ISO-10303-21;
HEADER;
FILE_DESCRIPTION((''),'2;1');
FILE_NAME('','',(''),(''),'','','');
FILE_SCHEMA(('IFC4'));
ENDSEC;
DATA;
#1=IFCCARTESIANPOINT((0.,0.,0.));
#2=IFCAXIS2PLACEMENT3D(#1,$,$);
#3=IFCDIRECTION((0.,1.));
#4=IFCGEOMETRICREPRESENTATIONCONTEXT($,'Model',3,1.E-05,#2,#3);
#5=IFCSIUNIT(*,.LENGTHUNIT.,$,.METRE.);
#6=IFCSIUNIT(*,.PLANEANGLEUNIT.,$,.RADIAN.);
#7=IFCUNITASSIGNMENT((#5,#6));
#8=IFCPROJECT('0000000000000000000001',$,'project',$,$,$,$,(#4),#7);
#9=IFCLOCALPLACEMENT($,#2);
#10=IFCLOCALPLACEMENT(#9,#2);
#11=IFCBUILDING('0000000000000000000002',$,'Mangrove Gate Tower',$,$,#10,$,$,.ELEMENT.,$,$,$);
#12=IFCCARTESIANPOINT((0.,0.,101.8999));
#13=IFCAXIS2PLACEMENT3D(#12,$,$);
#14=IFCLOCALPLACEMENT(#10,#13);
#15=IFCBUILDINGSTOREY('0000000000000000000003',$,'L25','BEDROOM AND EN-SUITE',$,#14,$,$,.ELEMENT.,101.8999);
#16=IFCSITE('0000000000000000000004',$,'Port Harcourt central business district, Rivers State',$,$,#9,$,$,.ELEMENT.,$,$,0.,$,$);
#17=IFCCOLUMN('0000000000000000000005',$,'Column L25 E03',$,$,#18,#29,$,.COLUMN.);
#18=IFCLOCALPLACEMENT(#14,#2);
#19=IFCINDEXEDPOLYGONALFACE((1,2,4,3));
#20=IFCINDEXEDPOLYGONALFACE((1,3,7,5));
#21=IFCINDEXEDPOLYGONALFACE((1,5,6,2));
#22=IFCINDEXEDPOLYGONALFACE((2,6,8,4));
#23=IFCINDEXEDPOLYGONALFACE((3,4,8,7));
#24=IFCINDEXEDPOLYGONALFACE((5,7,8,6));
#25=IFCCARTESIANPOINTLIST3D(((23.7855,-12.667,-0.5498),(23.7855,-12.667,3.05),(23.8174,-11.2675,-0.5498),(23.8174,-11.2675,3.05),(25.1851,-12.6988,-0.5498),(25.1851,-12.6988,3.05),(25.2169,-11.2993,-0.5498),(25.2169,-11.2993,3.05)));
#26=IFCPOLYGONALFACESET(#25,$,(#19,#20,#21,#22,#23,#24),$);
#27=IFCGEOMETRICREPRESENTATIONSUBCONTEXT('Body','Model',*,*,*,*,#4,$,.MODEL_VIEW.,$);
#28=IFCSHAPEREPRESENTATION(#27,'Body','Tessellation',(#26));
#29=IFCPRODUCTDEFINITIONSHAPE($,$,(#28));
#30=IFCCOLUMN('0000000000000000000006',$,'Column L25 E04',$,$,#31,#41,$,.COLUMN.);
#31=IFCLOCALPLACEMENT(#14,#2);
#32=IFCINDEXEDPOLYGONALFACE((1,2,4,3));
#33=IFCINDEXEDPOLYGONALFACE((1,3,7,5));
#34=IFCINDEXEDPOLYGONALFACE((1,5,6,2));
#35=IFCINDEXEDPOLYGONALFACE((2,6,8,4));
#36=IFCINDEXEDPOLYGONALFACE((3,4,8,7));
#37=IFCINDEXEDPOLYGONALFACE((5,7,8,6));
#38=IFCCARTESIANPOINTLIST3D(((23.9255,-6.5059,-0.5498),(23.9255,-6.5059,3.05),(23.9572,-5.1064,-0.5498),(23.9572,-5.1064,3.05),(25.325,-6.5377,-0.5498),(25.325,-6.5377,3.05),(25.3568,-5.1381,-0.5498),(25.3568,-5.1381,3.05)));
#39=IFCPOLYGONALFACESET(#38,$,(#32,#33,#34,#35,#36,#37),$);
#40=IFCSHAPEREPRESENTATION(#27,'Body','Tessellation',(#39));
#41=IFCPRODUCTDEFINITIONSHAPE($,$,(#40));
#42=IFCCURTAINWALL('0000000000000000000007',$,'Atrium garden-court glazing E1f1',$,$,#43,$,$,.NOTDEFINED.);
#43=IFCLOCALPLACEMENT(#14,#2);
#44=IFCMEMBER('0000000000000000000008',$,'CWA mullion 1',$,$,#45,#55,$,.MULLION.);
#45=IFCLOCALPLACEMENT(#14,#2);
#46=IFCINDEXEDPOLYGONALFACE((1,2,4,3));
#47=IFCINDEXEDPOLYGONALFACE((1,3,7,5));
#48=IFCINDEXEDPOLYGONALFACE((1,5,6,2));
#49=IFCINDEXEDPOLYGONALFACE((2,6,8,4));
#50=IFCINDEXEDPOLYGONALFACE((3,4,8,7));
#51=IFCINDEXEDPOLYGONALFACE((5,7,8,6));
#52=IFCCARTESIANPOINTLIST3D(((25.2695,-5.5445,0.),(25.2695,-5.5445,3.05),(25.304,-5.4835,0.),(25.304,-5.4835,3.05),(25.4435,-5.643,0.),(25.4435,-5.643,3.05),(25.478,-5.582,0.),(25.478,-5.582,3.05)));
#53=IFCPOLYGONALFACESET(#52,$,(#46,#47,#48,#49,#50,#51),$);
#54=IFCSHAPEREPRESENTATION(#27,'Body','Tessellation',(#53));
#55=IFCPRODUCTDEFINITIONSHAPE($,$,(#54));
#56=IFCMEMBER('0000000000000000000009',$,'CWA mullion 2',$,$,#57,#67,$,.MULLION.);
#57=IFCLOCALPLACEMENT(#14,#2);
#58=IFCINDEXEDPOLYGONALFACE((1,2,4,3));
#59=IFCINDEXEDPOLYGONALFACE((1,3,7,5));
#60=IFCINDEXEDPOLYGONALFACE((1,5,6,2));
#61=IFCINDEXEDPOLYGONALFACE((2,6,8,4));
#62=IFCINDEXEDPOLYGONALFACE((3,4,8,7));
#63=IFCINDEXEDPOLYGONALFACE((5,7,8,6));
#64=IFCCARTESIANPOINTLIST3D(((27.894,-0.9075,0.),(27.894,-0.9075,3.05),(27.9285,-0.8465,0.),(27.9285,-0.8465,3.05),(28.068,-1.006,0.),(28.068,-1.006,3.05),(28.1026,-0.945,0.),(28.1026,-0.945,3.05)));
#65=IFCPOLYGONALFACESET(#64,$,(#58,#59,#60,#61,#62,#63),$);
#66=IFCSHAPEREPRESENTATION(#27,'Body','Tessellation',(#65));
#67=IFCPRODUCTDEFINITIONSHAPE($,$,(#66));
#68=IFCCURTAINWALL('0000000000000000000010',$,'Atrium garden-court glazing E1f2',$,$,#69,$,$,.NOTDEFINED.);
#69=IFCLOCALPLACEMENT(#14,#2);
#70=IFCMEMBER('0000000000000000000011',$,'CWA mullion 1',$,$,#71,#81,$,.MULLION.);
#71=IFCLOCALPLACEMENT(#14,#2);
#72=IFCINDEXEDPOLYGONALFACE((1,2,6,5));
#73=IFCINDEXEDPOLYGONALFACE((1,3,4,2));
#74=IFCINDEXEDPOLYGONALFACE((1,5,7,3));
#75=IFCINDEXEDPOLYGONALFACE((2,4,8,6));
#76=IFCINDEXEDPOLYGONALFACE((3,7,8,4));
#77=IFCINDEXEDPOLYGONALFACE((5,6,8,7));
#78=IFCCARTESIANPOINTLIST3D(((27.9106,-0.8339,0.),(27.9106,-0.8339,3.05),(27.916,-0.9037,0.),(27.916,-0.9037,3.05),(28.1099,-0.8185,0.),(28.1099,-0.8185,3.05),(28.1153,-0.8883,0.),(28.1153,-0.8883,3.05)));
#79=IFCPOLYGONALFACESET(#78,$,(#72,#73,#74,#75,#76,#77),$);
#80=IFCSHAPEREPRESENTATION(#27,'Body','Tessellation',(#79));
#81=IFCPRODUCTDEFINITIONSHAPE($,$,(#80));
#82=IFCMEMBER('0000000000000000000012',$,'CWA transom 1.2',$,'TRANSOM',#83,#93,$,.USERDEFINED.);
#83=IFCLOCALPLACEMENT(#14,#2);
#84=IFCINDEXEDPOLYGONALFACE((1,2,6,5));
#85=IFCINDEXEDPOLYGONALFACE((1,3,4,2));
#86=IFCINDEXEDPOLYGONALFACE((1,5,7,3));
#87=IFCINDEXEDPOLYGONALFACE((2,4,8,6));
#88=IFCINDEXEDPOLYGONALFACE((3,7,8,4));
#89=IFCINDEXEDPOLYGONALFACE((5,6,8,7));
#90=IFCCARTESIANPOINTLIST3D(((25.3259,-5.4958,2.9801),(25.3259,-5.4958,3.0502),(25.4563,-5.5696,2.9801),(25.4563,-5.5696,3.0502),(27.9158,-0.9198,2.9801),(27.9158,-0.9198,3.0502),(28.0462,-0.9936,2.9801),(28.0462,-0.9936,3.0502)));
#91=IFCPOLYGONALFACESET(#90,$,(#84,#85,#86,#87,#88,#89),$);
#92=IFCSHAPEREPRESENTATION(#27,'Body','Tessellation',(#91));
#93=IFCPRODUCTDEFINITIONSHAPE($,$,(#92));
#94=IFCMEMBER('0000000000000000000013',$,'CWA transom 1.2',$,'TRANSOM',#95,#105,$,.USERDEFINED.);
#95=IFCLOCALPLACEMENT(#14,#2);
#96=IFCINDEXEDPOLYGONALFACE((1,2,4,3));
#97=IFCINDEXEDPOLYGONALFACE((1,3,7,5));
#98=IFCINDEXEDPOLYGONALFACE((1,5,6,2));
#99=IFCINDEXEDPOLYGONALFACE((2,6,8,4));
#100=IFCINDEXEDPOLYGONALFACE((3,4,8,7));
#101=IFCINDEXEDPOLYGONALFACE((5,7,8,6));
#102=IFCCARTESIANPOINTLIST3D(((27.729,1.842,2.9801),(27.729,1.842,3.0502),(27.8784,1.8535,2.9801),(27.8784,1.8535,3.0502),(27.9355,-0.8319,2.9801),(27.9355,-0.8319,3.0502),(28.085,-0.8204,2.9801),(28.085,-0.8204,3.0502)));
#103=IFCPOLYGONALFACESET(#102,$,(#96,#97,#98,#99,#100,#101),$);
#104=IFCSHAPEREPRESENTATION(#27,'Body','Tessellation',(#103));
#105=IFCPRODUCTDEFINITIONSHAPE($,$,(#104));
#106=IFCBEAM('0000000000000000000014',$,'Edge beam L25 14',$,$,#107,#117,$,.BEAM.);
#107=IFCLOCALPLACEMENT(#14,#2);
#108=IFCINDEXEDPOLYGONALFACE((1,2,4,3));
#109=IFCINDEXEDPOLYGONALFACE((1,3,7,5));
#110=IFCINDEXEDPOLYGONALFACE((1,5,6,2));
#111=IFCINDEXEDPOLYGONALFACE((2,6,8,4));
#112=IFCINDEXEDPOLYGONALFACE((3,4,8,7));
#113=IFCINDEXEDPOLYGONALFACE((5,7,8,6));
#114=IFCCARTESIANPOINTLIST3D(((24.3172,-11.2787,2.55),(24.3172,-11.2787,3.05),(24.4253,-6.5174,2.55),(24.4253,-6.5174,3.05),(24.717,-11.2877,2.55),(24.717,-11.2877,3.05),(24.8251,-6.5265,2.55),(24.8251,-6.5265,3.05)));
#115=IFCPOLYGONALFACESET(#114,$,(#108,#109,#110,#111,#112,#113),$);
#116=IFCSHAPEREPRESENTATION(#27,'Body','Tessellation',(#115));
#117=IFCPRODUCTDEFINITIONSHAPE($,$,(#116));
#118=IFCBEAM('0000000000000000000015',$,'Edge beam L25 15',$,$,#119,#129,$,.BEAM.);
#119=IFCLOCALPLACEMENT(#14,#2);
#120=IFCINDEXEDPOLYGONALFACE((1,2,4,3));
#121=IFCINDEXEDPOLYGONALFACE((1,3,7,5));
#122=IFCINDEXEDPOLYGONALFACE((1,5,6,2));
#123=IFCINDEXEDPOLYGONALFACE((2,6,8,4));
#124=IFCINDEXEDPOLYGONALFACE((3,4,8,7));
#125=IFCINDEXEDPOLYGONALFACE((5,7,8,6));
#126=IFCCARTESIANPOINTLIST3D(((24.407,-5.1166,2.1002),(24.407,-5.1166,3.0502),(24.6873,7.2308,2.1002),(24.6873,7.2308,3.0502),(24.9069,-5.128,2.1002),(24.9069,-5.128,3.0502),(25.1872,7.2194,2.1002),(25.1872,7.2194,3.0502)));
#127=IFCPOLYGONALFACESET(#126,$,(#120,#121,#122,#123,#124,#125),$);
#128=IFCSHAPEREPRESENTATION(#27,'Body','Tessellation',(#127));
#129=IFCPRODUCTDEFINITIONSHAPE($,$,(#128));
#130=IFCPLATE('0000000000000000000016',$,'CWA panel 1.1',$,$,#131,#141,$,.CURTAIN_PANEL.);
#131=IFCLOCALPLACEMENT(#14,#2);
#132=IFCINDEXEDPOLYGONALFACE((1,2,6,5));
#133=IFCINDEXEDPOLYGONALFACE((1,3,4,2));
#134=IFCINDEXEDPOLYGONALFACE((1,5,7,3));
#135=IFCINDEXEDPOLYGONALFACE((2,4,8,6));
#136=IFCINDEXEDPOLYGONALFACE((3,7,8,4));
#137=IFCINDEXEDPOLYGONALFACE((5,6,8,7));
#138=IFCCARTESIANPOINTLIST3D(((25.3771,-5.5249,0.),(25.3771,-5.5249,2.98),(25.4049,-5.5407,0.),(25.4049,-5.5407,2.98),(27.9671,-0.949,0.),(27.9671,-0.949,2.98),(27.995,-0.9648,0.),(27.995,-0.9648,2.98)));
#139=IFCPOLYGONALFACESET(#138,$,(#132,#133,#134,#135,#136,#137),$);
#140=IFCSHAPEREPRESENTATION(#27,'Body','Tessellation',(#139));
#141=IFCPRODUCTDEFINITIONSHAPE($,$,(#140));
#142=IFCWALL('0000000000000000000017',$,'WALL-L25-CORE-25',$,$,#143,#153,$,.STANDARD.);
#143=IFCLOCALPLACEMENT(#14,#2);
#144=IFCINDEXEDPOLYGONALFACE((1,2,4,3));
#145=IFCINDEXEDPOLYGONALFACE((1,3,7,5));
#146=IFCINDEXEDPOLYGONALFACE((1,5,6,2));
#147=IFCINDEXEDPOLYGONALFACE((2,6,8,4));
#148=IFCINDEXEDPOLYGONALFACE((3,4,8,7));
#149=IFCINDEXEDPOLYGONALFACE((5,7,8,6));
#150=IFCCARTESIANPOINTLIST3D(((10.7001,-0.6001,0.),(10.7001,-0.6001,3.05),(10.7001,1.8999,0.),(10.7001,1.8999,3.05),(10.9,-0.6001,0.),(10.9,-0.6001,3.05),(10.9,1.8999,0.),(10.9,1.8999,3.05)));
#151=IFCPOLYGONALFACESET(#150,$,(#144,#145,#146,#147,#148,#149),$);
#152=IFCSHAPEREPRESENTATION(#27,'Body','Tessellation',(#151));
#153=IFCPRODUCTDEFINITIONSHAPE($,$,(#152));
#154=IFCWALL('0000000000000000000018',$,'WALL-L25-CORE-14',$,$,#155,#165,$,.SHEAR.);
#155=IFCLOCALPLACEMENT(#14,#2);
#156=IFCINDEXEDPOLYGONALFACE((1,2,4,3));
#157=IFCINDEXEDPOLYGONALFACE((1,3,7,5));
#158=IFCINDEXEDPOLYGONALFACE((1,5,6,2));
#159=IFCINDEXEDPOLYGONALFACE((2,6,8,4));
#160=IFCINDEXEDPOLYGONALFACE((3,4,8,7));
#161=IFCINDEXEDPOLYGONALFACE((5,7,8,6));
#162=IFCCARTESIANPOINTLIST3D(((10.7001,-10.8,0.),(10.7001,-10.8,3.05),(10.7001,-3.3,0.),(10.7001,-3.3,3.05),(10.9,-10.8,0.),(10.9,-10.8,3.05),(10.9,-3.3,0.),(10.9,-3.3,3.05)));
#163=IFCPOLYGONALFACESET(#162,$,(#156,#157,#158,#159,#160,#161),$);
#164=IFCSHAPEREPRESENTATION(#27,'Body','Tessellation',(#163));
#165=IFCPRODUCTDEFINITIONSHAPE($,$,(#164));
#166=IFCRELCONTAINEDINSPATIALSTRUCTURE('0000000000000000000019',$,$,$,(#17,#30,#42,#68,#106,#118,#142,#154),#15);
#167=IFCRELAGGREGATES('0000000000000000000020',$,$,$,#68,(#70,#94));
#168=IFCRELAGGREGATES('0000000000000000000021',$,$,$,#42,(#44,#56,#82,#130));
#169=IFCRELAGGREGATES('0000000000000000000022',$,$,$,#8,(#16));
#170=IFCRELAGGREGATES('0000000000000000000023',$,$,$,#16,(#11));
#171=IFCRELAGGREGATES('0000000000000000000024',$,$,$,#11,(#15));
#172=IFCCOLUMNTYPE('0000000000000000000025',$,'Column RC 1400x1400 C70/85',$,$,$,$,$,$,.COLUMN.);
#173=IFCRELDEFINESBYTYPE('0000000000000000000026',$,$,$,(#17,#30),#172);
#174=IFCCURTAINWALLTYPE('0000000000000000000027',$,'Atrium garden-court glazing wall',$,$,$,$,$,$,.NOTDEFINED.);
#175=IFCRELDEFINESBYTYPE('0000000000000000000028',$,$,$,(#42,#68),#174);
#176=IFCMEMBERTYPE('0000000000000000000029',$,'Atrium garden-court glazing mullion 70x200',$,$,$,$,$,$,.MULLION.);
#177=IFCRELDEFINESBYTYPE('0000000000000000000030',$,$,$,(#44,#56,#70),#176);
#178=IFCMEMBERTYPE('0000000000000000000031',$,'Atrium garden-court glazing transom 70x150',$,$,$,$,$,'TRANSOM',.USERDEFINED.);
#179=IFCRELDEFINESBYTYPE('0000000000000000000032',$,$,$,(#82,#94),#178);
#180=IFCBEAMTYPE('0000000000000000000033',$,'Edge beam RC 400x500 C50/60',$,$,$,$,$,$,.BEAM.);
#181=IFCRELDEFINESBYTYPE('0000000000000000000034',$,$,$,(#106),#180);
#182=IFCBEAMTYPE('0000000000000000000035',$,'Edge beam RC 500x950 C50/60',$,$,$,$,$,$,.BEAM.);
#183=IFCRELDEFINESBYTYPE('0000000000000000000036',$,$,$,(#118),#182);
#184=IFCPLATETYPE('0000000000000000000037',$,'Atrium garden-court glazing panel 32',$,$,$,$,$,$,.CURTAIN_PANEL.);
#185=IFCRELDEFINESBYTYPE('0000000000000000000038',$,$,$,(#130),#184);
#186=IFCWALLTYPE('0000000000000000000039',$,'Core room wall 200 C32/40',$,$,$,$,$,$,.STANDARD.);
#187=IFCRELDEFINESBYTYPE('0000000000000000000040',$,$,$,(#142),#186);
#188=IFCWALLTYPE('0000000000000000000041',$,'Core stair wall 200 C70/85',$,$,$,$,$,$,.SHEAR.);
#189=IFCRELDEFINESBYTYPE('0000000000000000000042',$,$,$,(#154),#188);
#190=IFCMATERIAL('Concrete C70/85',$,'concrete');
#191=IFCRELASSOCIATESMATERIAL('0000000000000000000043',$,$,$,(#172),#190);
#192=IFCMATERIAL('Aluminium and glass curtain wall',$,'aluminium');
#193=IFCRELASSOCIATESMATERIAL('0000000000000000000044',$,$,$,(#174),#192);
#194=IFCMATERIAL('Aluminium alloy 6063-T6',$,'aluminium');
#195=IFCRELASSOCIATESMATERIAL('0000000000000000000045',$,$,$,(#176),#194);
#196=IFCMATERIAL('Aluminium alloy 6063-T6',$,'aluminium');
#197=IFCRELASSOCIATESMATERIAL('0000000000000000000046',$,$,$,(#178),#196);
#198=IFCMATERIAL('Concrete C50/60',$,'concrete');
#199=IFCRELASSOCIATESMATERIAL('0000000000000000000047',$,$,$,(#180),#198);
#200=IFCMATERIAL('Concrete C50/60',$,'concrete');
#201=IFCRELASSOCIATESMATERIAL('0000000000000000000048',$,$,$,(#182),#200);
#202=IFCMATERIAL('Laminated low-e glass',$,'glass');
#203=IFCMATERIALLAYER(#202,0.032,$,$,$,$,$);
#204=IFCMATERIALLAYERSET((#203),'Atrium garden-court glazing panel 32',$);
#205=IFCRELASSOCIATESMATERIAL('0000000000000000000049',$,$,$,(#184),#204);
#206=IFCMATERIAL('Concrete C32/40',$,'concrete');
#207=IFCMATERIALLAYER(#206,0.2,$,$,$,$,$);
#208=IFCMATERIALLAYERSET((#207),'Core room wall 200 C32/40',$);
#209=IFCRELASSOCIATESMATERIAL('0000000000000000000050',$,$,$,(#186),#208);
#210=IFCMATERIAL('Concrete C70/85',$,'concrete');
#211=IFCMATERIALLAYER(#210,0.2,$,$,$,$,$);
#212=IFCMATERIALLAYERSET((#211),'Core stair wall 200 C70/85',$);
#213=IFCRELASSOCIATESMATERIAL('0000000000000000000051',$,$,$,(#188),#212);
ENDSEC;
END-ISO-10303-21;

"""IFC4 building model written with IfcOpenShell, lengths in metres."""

from ifc_helpers import new_model, si_unit, direction, frame, frame_2d, origin, origin_2d, place, context, subcontext, project, spatial, rectangle, extrude, material, layer, layer_set, material_profile, profile_set, type_object, element, aggregate, save


model = new_model("IFC4")

# Units and contexts
model_context = context("Model", 3, precision=1e-05, world=origin(), true_north=direction((0.0, 1.0)))
body_context = subcontext(model_context, "Body", "Model", "MODEL_VIEW")
ifc_project = project(units=[si_unit("LENGTHUNIT", "METRE"), si_unit("PLANEANGLEUNIT", "RADIAN")], contexts=[model_context])

# Site, building, storey
site_placement = place(None, origin())
site = spatial("IfcSite", under=ifc_project, at=site_placement, Name="Port Harcourt central business district, Rivers State", CompositionType="ELEMENT", RefElevation=0.0)
building_placement = place(site_placement, origin())
building = spatial("IfcBuilding", under=site, at=building_placement, Name="Mangrove Gate Tower", CompositionType="ELEMENT")
storey_placement = place(building_placement, frame((0.0, 0.0, 101.8999)))
storey = spatial("IfcBuildingStorey", under=building, at=storey_placement, Name="L25", Description="BEDROOM AND EN-SUITE", CompositionType="ELEMENT", Elevation=101.8999)

# Columns
ifc_material_1 = material(Name="Concrete C70/85", Category="concrete")
ifc_material_profile_1 = material_profile(ifc_material_1, rectangle(XDim=1.3999, YDim=1.3999, at=origin_2d()))
ifc_profile_set_1 = profile_set([ifc_material_profile_1], Name="Concrete C70/85")
column_type = type_object("IfcColumnType", Name="Column RC 1400x1400 C70/85", PredefinedType="COLUMN", material=ifc_profile_set_1)
for number, where, z_axis, x_axis, name in (
    (1, (24.5012, -11.9832, -0.5498), (0.0, 0.0, 1.0), (0.022718, 0.999742, 0.0), "Column L25 E03"),
    (2, (24.6411, -5.822, -0.5498), (0.0, 0.0, 1.0), (0.022699, 0.999742, 0.0), "Column L25 E04"),
):
    element("IfcColumn", number, at=place(storey_placement, frame(where, z_axis=z_axis, x_axis=x_axis)), inside=storey, type_object=column_type, Name=name, PredefinedType="COLUMN", context=body_context, shape_type="SweptSolid", body=[
        extrude(rectangle(XDim=1.3999, YDim=1.3999, at=origin_2d()), origin(), (0.0, 0.0, 1.0), 3.5999),
    ])

# Curtain wall, members
ifc_material_2 = material(Name="Aluminium and glass curtain wall", Category="aluminium")
curtain_wall_type = type_object("IfcCurtainWallType", Name="Atrium garden-court glazing wall", PredefinedType="NOTDEFINED", material=ifc_material_2)
curtain_wall_1_placement = place(storey_placement, origin())
curtain_wall_1 = element("IfcCurtainWall", 3, at=curtain_wall_1_placement, inside=storey, type_object=curtain_wall_type, Name="Atrium garden-court glazing E1f1", PredefinedType="NOTDEFINED")
ifc_material_3 = material(Name="Aluminium alloy 6063-T6", Category="aluminium")
ifc_material_profile_2 = material_profile(ifc_material_3, rectangle(XDim=0.0701, YDim=0.2, at=origin_2d()))
ifc_profile_set_2 = profile_set([ifc_material_profile_2], Name="Aluminium alloy 6063-T6")
member_type_1 = type_object("IfcMemberType", Name="Atrium garden-court glazing mullion 70x200", PredefinedType="MULLION", material=ifc_profile_set_2)
member_1_placement = place(storey_placement, frame((25.3738, -5.5632, 0.0), z_axis=(0.0, 0.0, 1.0), x_axis=(0.492585, 0.870265, 0.0)))
member_1 = element("IfcMember", 4, at=member_1_placement, type_object=member_type_1, Name="CWA mullion 1", PredefinedType="MULLION", context=body_context, shape_type="SweptSolid", body=[
    extrude(rectangle(XDim=0.0701, YDim=0.2, at=origin_2d()), origin(), (0.0, 0.0, 1.0), 3.05),
])
member_2_placement = place(storey_placement, frame((27.9983, -0.9263, 0.0), z_axis=(0.0, 0.0, 1.0), x_axis=(0.492585, 0.870265, 0.0)))
member_2 = element("IfcMember", 5, at=member_2_placement, type_object=member_type_1, Name="CWA mullion 2", PredefinedType="MULLION", context=body_context, shape_type="SweptSolid", body=[
    extrude(rectangle(XDim=0.0701, YDim=0.2, at=origin_2d()), origin(), (0.0, 0.0, 1.0), 3.05),
])

# Curtain wall, member
curtain_wall_2_placement = place(storey_placement, origin())
curtain_wall_2 = element("IfcCurtainWall", 6, at=curtain_wall_2_placement, inside=storey, type_object=curtain_wall_type, Name="Atrium garden-court glazing E1f2", PredefinedType="NOTDEFINED")
member_3_placement = place(storey_placement, frame((28.0129, -0.8611, 0.0), z_axis=(0.0, 0.0, 1.0), x_axis=(-0.077023, 0.997029, 0.0)))
member_3 = element("IfcMember", 7, at=member_3_placement, type_object=member_type_1, Name="CWA mullion 1", PredefinedType="MULLION", context=body_context, shape_type="SweptSolid", body=[
    extrude(rectangle(XDim=0.0701, YDim=0.2, at=origin_2d()), origin(), (0.0, 0.0, 1.0), 3.05),
])

# Members
ifc_material_4 = material(Name="Aluminium alloy 6063-T6", Category="aluminium")
ifc_material_profile_3 = material_profile(ifc_material_4, rectangle(XDim=0.0701, YDim=0.1499, at=origin_2d()))
ifc_profile_set_3 = profile_set([ifc_material_profile_3], Name="Aluminium alloy 6063-T6")
member_type_2 = type_object("IfcMemberType", Name="Atrium garden-court glazing transom 70x150", ElementType="TRANSOM", PredefinedType="USERDEFINED", material=ifc_profile_set_3)
member_4_placement = place(storey_placement, frame((25.3911, -5.5327, 3.0151), z_axis=(0.492554, 0.870282, 0.0), x_axis=(0.0, 0.0, 1.0)))
member_4 = element("IfcMember", 8, at=member_4_placement, type_object=member_type_2, Name="CWA transom 1.2", ObjectType="TRANSOM", PredefinedType="USERDEFINED", context=body_context, shape_type="SweptSolid", body=[
    extrude(rectangle(XDim=0.0701, YDim=0.1499, at=origin_2d()), origin(), (0.0, 0.0, 1.0), 5.2581),
])
member_5_placement = place(storey_placement, frame((28.0103, -0.8262, 3.0151), z_axis=(-0.077017, 0.99703, 0.0), x_axis=(0.0, 0.0, 1.0)))
member_5 = element("IfcMember", 9, at=member_5_placement, type_object=member_type_2, Name="CWA transom 1.2", ObjectType="TRANSOM", PredefinedType="USERDEFINED", context=body_context, shape_type="SweptSolid", body=[
    extrude(rectangle(XDim=0.0701, YDim=0.1499, at=origin_2d()), origin(), (0.0, 0.0, 1.0), 2.6819),
])
aggregate(curtain_wall_2, [member_3, member_5])

# Beams
ifc_material_5 = material(Name="Concrete C50/60", Category="concrete")
ifc_material_profile_4 = material_profile(ifc_material_5, rectangle(XDim=0.3999, YDim=0.5, at=origin_2d()))
ifc_profile_set_4 = profile_set([ifc_material_profile_4], Name="Concrete C50/60")
beam_type_1 = type_object("IfcBeamType", Name="Edge beam RC 400x500 C50/60", PredefinedType="BEAM", material=ifc_profile_set_4)
beam_1_placement = place(storey_placement, frame((24.5171, -11.2832, 2.8), z_axis=(0.02271, 0.999742, 0.0), x_axis=(-0.999742, 0.02271, 0.0)))
element("IfcBeam", 10, at=beam_1_placement, inside=storey, type_object=beam_type_1, Name="Edge beam L25 14", PredefinedType="BEAM", context=body_context, shape_type="SweptSolid", body=[
    extrude(rectangle(XDim=0.3999, YDim=0.5, at=origin_2d()), origin(), (0.0, 0.0, 1.0), 4.7625),
])
ifc_material_6 = material(Name="Concrete C50/60", Category="concrete")
ifc_material_profile_5 = material_profile(ifc_material_6, rectangle(XDim=0.5, YDim=0.95, at=origin_2d()))
ifc_profile_set_5 = profile_set([ifc_material_profile_5], Name="Concrete C50/60")
beam_type_2 = type_object("IfcBeamType", Name="Edge beam RC 500x950 C50/60", PredefinedType="BEAM", material=ifc_profile_set_5)
beam_2_placement = place(storey_placement, frame((24.657, -5.1223, 2.5752), z_axis=(0.022693, 0.999742, 0.0), x_axis=(-0.999742, 0.022693, 0.0)))
element("IfcBeam", 11, at=beam_2_placement, inside=storey, type_object=beam_type_2, Name="Edge beam L25 15", PredefinedType="BEAM", context=body_context, shape_type="SweptSolid", body=[
    extrude(rectangle(XDim=0.5, YDim=0.95, at=origin_2d()), origin(), (0.0, 0.0, 1.0), 12.3506),
])

# Plate
ifc_material_7 = material(Name="Laminated low-e glass", Category="glass")
ifc_layer_1 = layer(ifc_material_7, 0.032)
ifc_layer_set_1 = layer_set([ifc_layer_1], Name="Atrium garden-court glazing panel 32")
plate_type = type_object("IfcPlateType", Name="Atrium garden-court glazing panel 32", PredefinedType="CURTAIN_PANEL", material=ifc_layer_set_1)
plate_placement = place(storey_placement, frame((26.686, -3.2449, 0.0), z_axis=(0.0, 0.0, 1.0), x_axis=(0.492585, 0.870265, 0.0)))
plate = element("IfcPlate", 12, at=plate_placement, type_object=plate_type, Name="CWA panel 1.1", PredefinedType="CURTAIN_PANEL", context=body_context, shape_type="SweptSolid", body=[
    extrude(rectangle(XDim=5.2581, YDim=0.032, at=origin_2d()), origin(), (0.0, 0.0, 1.0), 2.98),
])
aggregate(curtain_wall_1, [member_1, member_2, member_4, plate])

# Walls
ifc_material_8 = material(Name="Concrete C32/40", Category="concrete")
ifc_layer_2 = layer(ifc_material_8, 0.2)
ifc_layer_set_2 = layer_set([ifc_layer_2], Name="Core room wall 200 C32/40")
wall_type_1 = type_object("IfcWallType", Name="Core room wall 200 C32/40", PredefinedType="STANDARD", material=ifc_layer_set_2)
wall_1_placement = place(storey_placement, frame((10.8, -0.6001, 0.0), z_axis=(0.0, 0.0, 1.0), x_axis=(0.0, 1.0, 0.0)))
element("IfcWall", 13, at=wall_1_placement, inside=storey, type_object=wall_type_1, Name="WALL-L25-CORE-25", PredefinedType="STANDARD", context=body_context, shape_type="SweptSolid", body=[
    extrude(rectangle(XDim=2.5, YDim=0.2, at=frame_2d((1.25, 0.0))), origin(), (0.0, 0.0, 1.0), 3.05),
])
ifc_material_9 = material(Name="Concrete C70/85", Category="concrete")
ifc_layer_3 = layer(ifc_material_9, 0.2)
ifc_layer_set_3 = layer_set([ifc_layer_3], Name="Core stair wall 200 C70/85")
wall_type_2 = type_object("IfcWallType", Name="Core stair wall 200 C70/85", PredefinedType="SHEAR", material=ifc_layer_set_3)
wall_2_placement = place(storey_placement, frame((10.8, -10.8, 0.0), z_axis=(0.0, 0.0, 1.0), x_axis=(0.0, 1.0, 0.0)))
element("IfcWall", 14, at=wall_2_placement, inside=storey, type_object=wall_type_2, Name="WALL-L25-CORE-14", PredefinedType="SHEAR", context=body_context, shape_type="SweptSolid", body=[
    extrude(rectangle(XDim=7.5, YDim=0.2, at=frame_2d((3.75, 0.0))), origin(), (0.0, 0.0, 1.0), 3.05),
])

save(model, "model.ifc")
